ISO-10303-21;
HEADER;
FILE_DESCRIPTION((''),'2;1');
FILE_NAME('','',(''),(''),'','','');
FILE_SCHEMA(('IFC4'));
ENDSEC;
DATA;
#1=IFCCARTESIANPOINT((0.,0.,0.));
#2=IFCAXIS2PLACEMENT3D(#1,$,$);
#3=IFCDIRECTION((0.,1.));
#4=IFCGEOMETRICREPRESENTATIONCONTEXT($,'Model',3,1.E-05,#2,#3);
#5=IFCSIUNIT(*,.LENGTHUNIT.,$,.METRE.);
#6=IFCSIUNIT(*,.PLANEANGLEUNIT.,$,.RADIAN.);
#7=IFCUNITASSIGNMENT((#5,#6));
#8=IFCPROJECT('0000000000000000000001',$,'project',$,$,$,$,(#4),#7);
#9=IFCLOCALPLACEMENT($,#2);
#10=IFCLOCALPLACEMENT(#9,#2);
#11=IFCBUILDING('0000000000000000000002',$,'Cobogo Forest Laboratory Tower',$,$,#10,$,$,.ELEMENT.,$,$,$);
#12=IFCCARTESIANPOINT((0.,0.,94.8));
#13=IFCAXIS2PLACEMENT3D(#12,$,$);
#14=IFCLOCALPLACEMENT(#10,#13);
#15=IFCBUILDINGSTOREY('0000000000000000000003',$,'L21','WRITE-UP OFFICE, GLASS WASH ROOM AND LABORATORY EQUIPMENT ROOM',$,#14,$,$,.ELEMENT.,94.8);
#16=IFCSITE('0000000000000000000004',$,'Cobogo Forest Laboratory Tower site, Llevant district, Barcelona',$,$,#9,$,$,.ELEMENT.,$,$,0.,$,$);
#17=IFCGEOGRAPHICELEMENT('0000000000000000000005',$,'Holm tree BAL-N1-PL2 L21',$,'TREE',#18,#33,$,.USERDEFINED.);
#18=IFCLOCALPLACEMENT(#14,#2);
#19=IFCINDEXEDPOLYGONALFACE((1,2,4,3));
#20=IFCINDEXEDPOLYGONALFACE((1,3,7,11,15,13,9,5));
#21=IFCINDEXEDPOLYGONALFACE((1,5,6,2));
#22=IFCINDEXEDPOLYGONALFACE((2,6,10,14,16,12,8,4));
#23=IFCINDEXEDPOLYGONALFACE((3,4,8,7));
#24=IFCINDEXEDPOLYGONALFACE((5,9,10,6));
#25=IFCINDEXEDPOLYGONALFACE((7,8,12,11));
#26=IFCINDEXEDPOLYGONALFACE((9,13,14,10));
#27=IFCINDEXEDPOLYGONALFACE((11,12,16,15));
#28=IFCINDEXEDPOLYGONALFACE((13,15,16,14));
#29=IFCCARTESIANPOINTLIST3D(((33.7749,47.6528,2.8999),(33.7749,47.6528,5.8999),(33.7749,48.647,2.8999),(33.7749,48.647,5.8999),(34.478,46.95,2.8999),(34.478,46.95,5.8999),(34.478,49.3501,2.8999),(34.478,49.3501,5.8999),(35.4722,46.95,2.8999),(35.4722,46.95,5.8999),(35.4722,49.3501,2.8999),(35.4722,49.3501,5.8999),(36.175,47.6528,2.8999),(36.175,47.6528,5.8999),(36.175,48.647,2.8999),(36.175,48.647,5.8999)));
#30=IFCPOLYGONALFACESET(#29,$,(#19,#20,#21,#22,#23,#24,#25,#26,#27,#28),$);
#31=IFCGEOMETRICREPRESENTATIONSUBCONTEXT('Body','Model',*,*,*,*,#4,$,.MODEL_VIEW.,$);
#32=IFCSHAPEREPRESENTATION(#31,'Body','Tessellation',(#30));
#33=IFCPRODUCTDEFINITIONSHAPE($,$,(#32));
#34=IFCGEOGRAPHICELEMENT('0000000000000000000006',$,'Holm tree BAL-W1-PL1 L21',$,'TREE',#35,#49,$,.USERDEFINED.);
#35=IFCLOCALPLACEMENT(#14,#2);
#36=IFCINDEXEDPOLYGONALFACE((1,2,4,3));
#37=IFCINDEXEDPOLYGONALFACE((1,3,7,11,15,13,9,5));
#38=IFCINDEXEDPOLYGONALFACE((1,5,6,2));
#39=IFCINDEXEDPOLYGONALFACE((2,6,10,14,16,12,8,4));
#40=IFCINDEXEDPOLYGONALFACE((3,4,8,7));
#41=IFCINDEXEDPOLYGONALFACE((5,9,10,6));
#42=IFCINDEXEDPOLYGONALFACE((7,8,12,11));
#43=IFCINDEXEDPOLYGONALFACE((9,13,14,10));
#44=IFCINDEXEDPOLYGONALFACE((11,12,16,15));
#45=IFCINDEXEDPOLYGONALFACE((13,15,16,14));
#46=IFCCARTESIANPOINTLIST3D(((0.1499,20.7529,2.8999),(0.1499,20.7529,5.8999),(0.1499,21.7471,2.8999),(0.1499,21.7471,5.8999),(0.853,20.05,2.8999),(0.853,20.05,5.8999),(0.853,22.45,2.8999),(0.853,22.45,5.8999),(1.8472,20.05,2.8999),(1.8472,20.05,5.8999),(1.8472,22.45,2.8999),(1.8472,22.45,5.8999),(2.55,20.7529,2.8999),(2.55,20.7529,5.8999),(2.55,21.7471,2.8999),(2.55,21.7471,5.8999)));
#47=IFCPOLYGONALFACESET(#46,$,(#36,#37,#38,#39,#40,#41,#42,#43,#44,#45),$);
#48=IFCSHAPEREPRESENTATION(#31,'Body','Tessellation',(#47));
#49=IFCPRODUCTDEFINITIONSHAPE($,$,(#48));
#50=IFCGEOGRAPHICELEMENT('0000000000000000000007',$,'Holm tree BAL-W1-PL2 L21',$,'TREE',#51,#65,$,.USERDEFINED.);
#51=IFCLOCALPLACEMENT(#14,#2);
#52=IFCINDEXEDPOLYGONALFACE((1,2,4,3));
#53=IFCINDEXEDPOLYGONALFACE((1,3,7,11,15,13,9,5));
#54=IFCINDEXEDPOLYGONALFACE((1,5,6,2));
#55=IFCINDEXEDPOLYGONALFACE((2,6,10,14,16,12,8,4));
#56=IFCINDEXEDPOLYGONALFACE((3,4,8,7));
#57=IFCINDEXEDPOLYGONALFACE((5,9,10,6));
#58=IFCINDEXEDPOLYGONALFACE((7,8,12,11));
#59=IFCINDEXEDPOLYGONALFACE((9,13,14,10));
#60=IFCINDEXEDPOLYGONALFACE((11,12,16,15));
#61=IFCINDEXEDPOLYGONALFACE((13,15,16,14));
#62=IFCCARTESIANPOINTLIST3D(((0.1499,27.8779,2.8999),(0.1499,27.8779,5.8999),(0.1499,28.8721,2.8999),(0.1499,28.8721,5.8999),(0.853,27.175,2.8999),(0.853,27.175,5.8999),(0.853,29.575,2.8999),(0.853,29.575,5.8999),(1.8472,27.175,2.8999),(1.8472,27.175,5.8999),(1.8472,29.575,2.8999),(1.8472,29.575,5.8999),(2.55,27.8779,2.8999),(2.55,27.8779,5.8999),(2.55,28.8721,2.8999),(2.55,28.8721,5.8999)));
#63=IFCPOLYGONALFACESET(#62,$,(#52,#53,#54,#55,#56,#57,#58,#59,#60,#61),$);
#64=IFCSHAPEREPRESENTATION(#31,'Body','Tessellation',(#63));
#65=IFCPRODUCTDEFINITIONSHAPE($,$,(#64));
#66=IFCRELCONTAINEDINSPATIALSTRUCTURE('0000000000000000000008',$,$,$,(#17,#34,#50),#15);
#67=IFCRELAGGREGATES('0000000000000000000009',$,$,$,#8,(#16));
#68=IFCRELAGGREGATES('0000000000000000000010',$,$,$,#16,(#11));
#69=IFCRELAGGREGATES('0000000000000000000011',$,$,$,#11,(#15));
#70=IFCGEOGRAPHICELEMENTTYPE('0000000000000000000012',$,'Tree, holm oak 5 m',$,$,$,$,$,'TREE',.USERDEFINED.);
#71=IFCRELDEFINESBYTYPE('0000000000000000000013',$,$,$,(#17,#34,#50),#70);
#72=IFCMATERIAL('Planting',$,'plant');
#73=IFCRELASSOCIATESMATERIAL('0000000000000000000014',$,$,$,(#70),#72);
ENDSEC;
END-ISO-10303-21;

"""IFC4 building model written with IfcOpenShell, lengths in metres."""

from ifc_helpers import new_model, si_unit, direction, frame, origin, place, context, subcontext, project, spatial, polyline, outline, extrude, material, type_object, element, save


model = new_model("IFC4")

# Units and contexts
model_context = context("Model", 3, precision=1e-05, world=origin(), true_north=direction((0.0, 1.0)))
body_context = subcontext(model_context, "Body", "Model", "MODEL_VIEW")
ifc_project = project(units=[si_unit("LENGTHUNIT", "METRE"), si_unit("PLANEANGLEUNIT", "RADIAN")], contexts=[model_context])

# Site, building, storey
site_placement = place(None, origin())
site = spatial("IfcSite", under=ifc_project, at=site_placement, Name="Cobogo Forest Laboratory Tower site, Llevant district, Barcelona", CompositionType="ELEMENT", RefElevation=0.0)
building_placement = place(site_placement, origin())
building = spatial("IfcBuilding", under=site, at=building_placement, Name="Cobogo Forest Laboratory Tower", CompositionType="ELEMENT")
storey_placement = place(building_placement, frame((0.0, 0.0, 94.8)))
storey = spatial("IfcBuildingStorey", under=building, at=storey_placement, Name="L21", Description="WRITE-UP OFFICE, GLASS WASH ROOM AND LABORATORY EQUIPMENT ROOM", CompositionType="ELEMENT", Elevation=94.8)

# Geographic elements
ifc_material_1 = material(Name="Planting", Category="plant")
geographic_element_type = type_object("IfcGeographicElementType", Name="Tree, holm oak 5 m", ElementType="TREE", PredefinedType="USERDEFINED", material=ifc_material_1)
geographic_element_1_placement = place(storey_placement, frame((0.0, 0.0, 2.8999)))
element("IfcGeographicElement", 1, at=geographic_element_1_placement, inside=storey, type_object=geographic_element_type, Name="Holm tree BAL-N1-PL2 L21", ObjectType="TREE", PredefinedType="USERDEFINED", context=body_context, shape_type="SweptSolid", body=[
    extrude(outline(polyline([(36.175, 47.6528), (36.175, 48.647), (35.4722, 49.3501), (34.478, 49.3501), (33.7749, 48.647), (33.7749, 47.6528), (34.478, 46.95), (35.4722, 46.95), (36.175, 47.6528)])), origin(), (0.0, 0.0, 1.0), 3.0),
])
geographic_element_2_placement = place(storey_placement, frame((0.0, 0.0, 2.8999)))
element("IfcGeographicElement", 2, at=geographic_element_2_placement, inside=storey, type_object=geographic_element_type, Name="Holm tree BAL-W1-PL1 L21", ObjectType="TREE", PredefinedType="USERDEFINED", context=body_context, shape_type="SweptSolid", body=[
    extrude(outline(polyline([(2.55, 20.7529), (2.55, 21.7471), (1.8472, 22.45), (0.853, 22.45), (0.1499, 21.7471), (0.1499, 20.7529), (0.853, 20.05), (1.8472, 20.05), (2.55, 20.7529)])), origin(), (0.0, 0.0, 1.0), 3.0),
])
geographic_element_3_placement = place(storey_placement, frame((0.0, 0.0, 2.8999)))
element("IfcGeographicElement", 3, at=geographic_element_3_placement, inside=storey, type_object=geographic_element_type, Name="Holm tree BAL-W1-PL2 L21", ObjectType="TREE", PredefinedType="USERDEFINED", context=body_context, shape_type="SweptSolid", body=[
    extrude(outline(polyline([(2.55, 27.8779), (2.55, 28.8721), (1.8472, 29.575), (0.853, 29.575), (0.1499, 28.8721), (0.1499, 27.8779), (0.853, 27.175), (1.8472, 27.175), (2.55, 27.8779)])), origin(), (0.0, 0.0, 1.0), 3.0),
])

save(model, "model.ifc")
